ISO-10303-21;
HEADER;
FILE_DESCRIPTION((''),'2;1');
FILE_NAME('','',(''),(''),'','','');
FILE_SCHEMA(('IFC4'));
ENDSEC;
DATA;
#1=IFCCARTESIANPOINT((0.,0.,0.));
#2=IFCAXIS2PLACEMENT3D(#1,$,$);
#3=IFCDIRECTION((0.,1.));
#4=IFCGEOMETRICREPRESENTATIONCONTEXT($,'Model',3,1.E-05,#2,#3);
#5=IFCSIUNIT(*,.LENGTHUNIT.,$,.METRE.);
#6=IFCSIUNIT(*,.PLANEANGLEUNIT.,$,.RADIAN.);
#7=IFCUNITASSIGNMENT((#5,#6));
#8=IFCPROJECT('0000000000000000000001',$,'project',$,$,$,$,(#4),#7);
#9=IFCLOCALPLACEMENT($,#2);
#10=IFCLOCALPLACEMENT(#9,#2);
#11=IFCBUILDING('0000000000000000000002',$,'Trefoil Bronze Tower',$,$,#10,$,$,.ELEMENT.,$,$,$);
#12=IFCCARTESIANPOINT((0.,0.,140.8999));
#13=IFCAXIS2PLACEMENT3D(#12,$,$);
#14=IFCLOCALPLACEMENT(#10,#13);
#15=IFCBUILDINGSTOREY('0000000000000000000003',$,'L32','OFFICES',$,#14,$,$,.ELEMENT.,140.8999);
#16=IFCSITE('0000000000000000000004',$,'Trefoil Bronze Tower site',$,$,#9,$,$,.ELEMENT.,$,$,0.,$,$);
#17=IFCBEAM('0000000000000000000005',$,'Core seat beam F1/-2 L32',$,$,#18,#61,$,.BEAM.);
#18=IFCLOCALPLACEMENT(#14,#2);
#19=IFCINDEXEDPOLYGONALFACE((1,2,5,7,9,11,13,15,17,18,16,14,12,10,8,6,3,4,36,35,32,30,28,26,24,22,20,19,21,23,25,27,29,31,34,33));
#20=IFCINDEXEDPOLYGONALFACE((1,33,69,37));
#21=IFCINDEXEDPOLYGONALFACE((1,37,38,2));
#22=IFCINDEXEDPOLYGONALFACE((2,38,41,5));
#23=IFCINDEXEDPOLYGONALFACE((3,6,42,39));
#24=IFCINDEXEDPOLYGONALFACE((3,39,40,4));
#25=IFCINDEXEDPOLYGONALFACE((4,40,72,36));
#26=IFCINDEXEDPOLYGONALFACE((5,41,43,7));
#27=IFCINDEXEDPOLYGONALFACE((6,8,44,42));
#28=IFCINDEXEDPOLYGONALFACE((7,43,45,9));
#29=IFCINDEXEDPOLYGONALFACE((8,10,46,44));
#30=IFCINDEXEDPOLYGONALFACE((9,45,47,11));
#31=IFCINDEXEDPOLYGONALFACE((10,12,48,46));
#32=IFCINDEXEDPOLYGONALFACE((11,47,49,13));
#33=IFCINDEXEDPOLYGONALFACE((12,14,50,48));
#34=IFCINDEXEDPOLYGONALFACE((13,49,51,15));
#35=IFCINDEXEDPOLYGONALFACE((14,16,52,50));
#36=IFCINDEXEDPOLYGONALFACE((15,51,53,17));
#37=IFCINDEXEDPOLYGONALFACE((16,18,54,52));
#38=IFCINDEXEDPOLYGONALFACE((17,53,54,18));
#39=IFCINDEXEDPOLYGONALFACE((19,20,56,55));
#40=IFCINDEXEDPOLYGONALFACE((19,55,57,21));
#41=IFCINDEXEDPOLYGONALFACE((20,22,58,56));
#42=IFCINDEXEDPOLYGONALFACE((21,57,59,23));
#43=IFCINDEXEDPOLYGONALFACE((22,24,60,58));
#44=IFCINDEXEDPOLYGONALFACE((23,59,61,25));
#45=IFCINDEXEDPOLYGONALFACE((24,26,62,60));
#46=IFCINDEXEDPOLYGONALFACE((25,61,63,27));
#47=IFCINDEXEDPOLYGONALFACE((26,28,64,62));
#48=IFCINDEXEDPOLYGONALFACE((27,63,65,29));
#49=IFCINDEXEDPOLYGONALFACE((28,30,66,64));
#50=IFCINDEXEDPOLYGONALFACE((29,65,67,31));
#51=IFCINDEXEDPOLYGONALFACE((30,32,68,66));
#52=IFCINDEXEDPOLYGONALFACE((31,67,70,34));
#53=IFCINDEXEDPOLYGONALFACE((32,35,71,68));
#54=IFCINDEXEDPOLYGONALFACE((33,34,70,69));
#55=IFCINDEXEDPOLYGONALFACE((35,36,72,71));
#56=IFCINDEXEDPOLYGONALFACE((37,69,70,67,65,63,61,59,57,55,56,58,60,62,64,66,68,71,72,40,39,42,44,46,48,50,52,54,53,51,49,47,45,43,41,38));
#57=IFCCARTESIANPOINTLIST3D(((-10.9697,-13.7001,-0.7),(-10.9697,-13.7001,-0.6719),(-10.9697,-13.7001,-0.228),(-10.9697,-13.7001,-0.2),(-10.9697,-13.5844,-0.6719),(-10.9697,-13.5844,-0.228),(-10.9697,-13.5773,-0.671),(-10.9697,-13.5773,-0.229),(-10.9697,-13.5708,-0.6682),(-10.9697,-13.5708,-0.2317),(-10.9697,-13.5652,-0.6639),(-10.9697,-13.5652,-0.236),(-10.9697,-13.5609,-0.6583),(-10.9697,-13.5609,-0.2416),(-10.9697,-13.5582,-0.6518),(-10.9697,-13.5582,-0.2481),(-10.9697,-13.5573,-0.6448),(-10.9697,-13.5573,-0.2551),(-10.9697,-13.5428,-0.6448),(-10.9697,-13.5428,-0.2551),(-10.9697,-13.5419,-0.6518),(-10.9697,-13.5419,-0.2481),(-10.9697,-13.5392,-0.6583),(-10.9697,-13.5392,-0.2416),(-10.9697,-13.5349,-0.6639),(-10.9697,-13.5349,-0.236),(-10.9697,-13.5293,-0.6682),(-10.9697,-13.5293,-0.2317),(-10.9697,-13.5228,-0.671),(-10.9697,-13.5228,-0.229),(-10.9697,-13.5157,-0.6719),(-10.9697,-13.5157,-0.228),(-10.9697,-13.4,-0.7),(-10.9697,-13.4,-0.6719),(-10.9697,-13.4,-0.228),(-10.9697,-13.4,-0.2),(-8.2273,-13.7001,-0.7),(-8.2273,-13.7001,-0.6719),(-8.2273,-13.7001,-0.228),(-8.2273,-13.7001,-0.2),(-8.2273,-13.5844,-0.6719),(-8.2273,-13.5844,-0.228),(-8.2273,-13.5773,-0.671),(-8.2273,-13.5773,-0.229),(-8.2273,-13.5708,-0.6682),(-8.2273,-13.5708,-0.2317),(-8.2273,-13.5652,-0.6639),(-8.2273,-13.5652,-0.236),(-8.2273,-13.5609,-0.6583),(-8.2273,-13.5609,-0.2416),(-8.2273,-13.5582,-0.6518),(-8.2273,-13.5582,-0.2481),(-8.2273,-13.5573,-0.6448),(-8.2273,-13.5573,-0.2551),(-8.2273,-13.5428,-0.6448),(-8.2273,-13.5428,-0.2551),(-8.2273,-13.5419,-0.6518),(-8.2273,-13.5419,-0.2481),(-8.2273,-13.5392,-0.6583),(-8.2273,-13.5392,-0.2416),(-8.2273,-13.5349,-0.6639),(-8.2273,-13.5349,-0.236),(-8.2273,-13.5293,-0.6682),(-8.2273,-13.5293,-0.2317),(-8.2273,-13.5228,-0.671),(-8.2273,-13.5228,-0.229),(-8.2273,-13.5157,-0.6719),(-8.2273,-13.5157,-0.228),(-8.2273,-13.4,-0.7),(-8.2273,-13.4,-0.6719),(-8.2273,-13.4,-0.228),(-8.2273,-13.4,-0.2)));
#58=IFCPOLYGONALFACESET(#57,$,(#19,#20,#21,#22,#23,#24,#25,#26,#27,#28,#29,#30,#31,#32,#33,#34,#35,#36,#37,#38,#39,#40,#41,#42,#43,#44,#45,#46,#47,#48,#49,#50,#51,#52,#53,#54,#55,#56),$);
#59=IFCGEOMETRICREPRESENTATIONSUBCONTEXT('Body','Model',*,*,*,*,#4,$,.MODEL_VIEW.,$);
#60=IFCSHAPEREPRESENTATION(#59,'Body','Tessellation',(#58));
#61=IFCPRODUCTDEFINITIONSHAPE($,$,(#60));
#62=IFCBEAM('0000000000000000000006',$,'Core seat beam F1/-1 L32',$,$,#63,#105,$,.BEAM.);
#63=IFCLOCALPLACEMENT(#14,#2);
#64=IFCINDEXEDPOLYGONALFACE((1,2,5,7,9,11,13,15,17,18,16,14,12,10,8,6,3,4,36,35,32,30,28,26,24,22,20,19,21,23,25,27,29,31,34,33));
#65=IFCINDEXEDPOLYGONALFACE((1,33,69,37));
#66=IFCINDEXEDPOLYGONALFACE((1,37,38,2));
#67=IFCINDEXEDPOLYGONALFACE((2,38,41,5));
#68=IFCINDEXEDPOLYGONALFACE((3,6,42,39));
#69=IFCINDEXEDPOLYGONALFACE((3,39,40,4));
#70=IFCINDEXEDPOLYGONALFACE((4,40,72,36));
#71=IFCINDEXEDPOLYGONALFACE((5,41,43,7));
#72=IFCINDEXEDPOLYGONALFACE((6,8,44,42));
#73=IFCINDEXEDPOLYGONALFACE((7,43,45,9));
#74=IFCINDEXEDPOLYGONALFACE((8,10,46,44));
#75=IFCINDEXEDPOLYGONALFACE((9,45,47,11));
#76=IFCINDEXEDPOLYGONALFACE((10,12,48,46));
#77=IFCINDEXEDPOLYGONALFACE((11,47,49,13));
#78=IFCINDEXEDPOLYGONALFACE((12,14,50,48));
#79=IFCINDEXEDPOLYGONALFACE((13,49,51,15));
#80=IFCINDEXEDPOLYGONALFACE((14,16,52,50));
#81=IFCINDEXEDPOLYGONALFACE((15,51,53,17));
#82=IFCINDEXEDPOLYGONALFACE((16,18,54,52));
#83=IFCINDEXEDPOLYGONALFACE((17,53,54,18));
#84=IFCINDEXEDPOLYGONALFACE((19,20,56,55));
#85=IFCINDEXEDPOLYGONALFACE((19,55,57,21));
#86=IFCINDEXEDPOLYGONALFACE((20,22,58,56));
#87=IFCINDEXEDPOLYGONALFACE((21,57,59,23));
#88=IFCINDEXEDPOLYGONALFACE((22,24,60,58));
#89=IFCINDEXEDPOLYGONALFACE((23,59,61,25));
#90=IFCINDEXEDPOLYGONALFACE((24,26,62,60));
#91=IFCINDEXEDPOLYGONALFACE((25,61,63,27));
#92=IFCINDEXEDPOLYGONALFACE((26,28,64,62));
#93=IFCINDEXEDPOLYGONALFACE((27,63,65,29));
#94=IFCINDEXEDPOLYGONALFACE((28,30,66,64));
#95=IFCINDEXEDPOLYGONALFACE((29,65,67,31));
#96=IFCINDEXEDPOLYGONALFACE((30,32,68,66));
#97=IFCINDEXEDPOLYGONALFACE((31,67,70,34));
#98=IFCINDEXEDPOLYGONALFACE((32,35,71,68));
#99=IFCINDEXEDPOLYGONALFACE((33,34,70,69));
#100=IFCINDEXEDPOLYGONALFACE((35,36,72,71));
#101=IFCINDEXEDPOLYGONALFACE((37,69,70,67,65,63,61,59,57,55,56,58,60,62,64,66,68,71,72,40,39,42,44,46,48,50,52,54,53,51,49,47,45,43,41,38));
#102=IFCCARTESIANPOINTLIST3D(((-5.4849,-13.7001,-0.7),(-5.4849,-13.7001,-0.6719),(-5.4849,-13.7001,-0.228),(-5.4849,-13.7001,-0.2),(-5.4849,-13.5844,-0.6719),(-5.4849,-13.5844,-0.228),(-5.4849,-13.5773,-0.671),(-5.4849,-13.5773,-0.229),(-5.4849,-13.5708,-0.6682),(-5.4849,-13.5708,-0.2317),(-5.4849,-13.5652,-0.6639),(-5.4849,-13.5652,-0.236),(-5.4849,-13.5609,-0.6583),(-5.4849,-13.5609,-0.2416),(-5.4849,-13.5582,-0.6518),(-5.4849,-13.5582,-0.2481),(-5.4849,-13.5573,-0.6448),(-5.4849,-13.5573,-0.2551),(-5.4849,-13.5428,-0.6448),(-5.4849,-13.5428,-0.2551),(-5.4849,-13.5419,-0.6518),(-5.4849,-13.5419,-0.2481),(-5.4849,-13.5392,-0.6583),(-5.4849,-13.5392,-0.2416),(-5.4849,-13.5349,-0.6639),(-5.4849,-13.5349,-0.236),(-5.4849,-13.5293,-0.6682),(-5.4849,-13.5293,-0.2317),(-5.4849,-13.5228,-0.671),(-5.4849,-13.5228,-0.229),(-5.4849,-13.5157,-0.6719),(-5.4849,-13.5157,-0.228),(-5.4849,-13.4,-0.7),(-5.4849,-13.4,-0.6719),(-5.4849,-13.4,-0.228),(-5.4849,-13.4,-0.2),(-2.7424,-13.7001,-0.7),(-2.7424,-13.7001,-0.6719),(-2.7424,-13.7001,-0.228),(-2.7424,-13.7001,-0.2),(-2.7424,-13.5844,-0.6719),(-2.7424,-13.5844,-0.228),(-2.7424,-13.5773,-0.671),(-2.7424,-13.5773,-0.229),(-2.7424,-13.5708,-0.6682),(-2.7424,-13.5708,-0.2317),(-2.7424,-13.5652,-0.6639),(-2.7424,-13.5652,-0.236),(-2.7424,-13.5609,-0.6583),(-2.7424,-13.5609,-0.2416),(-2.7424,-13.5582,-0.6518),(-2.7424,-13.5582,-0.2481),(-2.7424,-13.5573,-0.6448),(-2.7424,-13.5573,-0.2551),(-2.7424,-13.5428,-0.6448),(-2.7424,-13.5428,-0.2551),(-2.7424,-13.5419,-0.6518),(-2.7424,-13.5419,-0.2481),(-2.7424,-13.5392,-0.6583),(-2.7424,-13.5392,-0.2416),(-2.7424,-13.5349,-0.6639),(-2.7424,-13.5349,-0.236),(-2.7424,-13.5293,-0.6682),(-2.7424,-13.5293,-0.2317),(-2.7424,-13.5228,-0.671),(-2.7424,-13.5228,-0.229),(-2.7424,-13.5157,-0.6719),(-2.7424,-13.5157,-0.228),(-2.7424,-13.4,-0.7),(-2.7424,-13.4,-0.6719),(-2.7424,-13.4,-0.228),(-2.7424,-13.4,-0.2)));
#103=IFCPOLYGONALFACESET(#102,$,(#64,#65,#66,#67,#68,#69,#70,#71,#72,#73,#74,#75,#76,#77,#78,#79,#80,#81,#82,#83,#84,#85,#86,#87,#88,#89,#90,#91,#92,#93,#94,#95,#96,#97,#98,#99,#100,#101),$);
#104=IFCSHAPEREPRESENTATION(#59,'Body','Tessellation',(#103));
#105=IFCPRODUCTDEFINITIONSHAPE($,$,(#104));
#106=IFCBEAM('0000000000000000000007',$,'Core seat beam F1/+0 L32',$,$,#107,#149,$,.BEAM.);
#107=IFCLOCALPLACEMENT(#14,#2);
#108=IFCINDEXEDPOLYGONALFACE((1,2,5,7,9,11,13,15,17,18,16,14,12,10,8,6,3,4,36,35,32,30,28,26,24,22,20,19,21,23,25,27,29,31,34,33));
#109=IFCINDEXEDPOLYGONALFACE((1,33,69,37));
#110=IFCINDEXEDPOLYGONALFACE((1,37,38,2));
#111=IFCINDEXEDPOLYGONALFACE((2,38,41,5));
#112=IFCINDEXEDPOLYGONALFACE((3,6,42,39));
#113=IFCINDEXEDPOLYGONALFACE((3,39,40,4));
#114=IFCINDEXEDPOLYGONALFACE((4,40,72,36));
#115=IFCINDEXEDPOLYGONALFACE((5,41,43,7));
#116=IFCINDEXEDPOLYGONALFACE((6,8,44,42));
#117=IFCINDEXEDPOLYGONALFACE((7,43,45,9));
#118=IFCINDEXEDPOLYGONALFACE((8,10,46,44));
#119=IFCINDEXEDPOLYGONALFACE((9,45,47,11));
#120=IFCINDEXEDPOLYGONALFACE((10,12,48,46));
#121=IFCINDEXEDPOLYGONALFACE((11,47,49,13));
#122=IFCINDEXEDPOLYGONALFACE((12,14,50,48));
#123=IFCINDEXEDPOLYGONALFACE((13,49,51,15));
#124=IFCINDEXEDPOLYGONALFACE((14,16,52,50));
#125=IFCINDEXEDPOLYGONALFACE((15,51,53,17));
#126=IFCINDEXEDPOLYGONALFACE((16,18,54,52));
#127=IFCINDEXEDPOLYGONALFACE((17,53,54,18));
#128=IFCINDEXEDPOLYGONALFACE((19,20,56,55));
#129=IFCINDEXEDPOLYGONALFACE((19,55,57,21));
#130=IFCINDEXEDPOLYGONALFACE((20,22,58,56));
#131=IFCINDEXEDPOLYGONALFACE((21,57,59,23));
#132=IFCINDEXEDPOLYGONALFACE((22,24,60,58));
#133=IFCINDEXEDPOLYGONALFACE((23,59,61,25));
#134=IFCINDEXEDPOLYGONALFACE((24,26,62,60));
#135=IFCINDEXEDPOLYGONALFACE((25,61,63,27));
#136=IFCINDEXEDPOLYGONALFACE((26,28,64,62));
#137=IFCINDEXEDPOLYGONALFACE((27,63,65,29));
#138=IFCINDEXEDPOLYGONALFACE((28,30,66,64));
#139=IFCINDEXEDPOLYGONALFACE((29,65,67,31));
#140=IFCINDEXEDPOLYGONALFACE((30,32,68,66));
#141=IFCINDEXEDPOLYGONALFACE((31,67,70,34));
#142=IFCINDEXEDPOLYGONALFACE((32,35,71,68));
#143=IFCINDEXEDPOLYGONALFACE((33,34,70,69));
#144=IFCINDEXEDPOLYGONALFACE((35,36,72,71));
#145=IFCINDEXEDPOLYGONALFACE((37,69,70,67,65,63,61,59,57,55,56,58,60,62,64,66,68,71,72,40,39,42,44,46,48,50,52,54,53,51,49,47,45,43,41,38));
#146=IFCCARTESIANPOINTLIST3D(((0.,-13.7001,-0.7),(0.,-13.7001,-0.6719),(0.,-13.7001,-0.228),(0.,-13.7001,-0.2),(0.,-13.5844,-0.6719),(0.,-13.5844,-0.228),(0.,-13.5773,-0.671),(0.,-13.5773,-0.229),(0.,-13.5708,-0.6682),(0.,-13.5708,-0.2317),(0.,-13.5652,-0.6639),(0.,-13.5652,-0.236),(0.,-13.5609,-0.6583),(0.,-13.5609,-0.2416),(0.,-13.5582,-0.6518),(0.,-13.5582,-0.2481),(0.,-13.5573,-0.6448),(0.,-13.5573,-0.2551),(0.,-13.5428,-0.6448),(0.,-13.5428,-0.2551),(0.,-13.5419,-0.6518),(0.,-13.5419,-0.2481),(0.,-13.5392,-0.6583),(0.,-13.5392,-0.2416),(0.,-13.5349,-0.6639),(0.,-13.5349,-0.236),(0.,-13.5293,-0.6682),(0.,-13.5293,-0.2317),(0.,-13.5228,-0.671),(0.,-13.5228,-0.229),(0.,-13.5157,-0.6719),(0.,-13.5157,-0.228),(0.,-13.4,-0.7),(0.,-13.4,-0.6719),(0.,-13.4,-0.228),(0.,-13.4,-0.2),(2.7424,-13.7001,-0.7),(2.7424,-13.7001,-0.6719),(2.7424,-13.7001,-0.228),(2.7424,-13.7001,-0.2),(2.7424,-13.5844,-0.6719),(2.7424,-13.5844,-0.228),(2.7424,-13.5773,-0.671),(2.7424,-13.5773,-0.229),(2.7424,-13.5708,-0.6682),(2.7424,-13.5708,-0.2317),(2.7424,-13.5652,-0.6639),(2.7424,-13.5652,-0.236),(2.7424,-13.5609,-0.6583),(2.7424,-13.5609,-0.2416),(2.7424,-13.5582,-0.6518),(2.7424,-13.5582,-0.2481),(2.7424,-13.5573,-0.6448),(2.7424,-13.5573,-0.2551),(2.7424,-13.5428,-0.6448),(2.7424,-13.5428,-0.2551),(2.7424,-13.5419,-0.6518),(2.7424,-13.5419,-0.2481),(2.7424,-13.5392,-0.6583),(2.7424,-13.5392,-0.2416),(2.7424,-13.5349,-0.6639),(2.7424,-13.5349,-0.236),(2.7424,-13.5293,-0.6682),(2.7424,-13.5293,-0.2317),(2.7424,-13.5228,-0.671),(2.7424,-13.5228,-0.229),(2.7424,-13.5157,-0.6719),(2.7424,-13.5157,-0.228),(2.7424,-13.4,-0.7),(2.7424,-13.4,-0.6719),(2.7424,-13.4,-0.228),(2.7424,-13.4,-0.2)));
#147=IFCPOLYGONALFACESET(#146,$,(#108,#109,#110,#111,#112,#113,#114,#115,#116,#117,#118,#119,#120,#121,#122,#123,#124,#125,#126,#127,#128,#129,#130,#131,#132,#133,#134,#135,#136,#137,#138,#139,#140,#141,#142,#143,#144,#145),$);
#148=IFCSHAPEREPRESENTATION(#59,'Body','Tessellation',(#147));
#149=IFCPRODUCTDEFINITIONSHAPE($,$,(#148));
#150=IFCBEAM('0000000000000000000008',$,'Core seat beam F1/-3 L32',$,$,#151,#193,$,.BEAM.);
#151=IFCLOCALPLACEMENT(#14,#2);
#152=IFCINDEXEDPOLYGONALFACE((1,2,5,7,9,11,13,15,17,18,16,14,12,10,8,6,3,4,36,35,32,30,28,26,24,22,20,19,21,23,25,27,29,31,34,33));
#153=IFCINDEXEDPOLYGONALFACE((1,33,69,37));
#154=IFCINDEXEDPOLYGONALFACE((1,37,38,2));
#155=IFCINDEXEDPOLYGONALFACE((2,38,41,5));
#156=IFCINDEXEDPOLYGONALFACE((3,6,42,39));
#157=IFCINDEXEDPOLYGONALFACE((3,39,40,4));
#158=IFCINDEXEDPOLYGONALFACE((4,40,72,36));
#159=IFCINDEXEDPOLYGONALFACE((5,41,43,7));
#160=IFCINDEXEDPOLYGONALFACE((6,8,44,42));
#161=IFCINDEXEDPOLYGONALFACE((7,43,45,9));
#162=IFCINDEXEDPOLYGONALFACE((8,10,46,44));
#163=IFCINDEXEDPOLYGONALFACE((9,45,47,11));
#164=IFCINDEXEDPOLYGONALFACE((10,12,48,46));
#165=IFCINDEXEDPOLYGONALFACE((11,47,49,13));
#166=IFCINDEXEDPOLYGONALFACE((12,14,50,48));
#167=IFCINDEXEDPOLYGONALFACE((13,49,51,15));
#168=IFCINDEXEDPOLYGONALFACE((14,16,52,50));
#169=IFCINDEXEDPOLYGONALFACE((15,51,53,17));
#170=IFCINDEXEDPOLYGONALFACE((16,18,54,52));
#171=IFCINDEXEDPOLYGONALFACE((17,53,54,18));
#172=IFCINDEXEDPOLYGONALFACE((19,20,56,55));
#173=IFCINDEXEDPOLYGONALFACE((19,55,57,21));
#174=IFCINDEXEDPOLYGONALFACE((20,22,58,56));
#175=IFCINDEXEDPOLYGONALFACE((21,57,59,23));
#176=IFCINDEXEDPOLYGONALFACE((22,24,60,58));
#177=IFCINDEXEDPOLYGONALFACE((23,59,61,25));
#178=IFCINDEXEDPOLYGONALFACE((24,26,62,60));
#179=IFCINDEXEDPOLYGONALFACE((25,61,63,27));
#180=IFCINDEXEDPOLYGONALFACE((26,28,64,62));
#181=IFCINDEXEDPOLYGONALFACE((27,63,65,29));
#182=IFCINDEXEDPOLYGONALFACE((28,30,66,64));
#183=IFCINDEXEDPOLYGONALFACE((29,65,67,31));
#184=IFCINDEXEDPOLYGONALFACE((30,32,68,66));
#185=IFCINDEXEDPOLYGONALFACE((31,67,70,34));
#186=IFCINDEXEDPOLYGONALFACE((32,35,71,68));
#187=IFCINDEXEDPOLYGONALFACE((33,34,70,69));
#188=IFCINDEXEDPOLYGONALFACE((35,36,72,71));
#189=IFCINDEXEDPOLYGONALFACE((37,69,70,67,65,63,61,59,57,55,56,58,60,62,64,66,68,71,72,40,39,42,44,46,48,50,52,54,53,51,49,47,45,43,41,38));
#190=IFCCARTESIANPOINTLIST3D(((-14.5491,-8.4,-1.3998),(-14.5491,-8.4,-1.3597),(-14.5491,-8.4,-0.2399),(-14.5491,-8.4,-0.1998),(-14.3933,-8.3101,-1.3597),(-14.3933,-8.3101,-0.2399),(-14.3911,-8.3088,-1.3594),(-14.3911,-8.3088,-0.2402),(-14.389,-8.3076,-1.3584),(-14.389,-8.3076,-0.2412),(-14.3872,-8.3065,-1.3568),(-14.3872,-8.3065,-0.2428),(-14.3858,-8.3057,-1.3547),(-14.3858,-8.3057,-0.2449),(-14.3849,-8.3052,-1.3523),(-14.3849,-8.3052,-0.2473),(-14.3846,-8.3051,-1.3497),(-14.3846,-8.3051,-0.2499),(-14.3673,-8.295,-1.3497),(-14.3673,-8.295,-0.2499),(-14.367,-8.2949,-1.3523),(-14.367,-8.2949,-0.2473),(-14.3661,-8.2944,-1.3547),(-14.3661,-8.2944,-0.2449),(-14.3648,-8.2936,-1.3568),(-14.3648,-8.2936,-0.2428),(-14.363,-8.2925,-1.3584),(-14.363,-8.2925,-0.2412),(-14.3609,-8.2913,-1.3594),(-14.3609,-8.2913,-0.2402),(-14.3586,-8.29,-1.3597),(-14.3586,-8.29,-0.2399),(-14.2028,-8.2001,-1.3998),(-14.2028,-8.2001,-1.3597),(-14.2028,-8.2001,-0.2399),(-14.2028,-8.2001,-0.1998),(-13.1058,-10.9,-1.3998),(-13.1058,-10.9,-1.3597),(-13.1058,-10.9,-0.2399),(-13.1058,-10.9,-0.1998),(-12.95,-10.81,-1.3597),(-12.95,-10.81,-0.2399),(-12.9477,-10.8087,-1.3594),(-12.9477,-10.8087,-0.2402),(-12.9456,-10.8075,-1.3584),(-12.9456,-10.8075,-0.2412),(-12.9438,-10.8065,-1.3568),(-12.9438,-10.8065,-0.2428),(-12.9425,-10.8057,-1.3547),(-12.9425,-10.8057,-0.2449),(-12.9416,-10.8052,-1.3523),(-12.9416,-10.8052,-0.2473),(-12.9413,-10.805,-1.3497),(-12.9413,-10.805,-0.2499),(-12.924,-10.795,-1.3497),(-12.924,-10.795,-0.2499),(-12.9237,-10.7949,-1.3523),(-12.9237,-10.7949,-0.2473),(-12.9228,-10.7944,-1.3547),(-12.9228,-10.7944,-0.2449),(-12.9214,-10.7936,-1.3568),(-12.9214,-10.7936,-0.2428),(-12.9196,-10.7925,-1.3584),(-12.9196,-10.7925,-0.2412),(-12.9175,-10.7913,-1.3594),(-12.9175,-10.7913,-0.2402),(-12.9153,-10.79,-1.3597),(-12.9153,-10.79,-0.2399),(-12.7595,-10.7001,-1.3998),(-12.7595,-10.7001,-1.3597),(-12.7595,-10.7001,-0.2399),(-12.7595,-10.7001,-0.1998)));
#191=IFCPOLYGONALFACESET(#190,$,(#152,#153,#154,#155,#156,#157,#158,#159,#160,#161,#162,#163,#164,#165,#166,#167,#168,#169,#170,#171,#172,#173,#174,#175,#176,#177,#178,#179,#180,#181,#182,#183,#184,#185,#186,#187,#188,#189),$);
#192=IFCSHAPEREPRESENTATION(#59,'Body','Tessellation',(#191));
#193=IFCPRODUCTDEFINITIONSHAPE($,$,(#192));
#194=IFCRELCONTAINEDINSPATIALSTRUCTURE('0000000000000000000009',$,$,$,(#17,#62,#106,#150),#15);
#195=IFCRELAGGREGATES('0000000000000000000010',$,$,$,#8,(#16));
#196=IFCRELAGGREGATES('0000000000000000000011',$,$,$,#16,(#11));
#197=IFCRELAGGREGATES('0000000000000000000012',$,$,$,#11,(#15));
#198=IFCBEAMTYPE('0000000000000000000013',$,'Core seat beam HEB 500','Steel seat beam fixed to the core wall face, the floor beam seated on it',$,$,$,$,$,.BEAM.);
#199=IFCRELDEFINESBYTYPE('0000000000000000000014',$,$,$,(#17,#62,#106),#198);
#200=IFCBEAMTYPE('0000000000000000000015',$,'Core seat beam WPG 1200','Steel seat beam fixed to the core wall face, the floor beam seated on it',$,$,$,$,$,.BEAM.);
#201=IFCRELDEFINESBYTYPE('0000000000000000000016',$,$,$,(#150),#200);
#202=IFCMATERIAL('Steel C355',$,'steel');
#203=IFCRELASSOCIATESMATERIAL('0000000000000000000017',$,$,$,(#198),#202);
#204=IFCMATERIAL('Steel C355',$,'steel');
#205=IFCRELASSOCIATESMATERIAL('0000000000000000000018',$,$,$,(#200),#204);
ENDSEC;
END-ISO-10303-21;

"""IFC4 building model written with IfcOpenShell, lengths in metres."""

from ifc_helpers import new_model, si_unit, direction, frame, origin, origin_2d, place, context, subcontext, project, spatial, i_section, extrude, material, material_profile, profile_set, type_object, element, save


model = new_model("IFC4")

# Units and contexts
model_context = context("Model", 3, precision=1e-05, world=origin(), true_north=direction((0.0, 1.0)))
body_context = subcontext(model_context, "Body", "Model", "MODEL_VIEW")
ifc_project = project(units=[si_unit("LENGTHUNIT", "METRE"), si_unit("PLANEANGLEUNIT", "RADIAN")], contexts=[model_context])

# Site, building, storey
site_placement = place(None, origin())
site = spatial("IfcSite", under=ifc_project, at=site_placement, Name="Trefoil Bronze Tower site", CompositionType="ELEMENT", RefElevation=0.0)
building_placement = place(site_placement, origin())
building = spatial("IfcBuilding", under=site, at=building_placement, Name="Trefoil Bronze Tower", CompositionType="ELEMENT")
storey_placement = place(building_placement, frame((0.0, 0.0, 140.8999)))
storey = spatial("IfcBuildingStorey", under=building, at=storey_placement, Name="L32", Description="OFFICES", CompositionType="ELEMENT", Elevation=140.8999)

# Beams
ifc_material_1 = material(Name="Steel C355", Category="steel")
ifc_material_profile_1 = material_profile(ifc_material_1, i_section(OverallWidth=0.3, OverallDepth=0.5, WebThickness=0.0144, FlangeThickness=0.0281, FilletRadius=0.0271, at=origin_2d()), Name="HEB 500")
ifc_profile_set_1 = profile_set([ifc_material_profile_1], Name="Steel C355")
beam_type_1 = type_object("IfcBeamType", Name="Core seat beam HEB 500", Description="Steel seat beam fixed to the core wall face, the floor beam seated on it", PredefinedType="BEAM", material=ifc_profile_set_1)
for number, where, z_axis, x_axis, name in (
    (1, (-10.9697, -13.55, -0.45), (1.0, 0.0, 0.0), (0.0, 1.0, 0.0), "Core seat beam F1/-2 L32"),
    (2, (-5.4849, -13.55, -0.45), (1.0, 0.0, 0.0), (0.0, 1.0, 0.0), "Core seat beam F1/-1 L32"),
    (3, (0.0, -13.55, -0.45), (1.0, 0.0, 0.0), (0.0, 1.0, 0.0), "Core seat beam F1/+0 L32"),
):
    element("IfcBeam", number, at=place(storey_placement, frame(where, z_axis=z_axis, x_axis=x_axis)), inside=storey, type_object=beam_type_1, Name=name, PredefinedType="BEAM", context=body_context, shape_type="SweptSolid", body=[
        extrude(i_section(OverallWidth=0.3, OverallDepth=0.5, WebThickness=0.0144, FlangeThickness=0.0281, FilletRadius=0.0271, at=origin_2d()), origin(), (0.0, 0.0, 1.0), 2.7424),
    ])
ifc_material_2 = material(Name="Steel C355", Category="steel")
ifc_material_profile_2 = material_profile(ifc_material_2, i_section(OverallWidth=0.3999, OverallDepth=1.2, WebThickness=0.02, FlangeThickness=0.04, FilletRadius=0.01, at=origin_2d()), Name="WPG 1200")
ifc_profile_set_2 = profile_set([ifc_material_profile_2], Name="Steel C355")
beam_type_2 = type_object("IfcBeamType", Name="Core seat beam WPG 1200", Description="Steel seat beam fixed to the core wall face, the floor beam seated on it", PredefinedType="BEAM", material=ifc_profile_set_2)
beam_placement = place(storey_placement, frame((-14.376, -8.3, -0.7998), z_axis=(0.499996, -0.866028, 0.0), x_axis=(0.866028, 0.499996, 0.0)))
element("IfcBeam", 4, at=beam_placement, inside=storey, type_object=beam_type_2, Name="Core seat beam F1/-3 L32", PredefinedType="BEAM", context=body_context, shape_type="SweptSolid", body=[
    extrude(i_section(OverallWidth=0.3999, OverallDepth=1.2, WebThickness=0.02, FlangeThickness=0.04, FilletRadius=0.01, at=origin_2d()), origin(), (0.0, 0.0, 1.0), 2.8867),
])

save(model, "model.ifc")
